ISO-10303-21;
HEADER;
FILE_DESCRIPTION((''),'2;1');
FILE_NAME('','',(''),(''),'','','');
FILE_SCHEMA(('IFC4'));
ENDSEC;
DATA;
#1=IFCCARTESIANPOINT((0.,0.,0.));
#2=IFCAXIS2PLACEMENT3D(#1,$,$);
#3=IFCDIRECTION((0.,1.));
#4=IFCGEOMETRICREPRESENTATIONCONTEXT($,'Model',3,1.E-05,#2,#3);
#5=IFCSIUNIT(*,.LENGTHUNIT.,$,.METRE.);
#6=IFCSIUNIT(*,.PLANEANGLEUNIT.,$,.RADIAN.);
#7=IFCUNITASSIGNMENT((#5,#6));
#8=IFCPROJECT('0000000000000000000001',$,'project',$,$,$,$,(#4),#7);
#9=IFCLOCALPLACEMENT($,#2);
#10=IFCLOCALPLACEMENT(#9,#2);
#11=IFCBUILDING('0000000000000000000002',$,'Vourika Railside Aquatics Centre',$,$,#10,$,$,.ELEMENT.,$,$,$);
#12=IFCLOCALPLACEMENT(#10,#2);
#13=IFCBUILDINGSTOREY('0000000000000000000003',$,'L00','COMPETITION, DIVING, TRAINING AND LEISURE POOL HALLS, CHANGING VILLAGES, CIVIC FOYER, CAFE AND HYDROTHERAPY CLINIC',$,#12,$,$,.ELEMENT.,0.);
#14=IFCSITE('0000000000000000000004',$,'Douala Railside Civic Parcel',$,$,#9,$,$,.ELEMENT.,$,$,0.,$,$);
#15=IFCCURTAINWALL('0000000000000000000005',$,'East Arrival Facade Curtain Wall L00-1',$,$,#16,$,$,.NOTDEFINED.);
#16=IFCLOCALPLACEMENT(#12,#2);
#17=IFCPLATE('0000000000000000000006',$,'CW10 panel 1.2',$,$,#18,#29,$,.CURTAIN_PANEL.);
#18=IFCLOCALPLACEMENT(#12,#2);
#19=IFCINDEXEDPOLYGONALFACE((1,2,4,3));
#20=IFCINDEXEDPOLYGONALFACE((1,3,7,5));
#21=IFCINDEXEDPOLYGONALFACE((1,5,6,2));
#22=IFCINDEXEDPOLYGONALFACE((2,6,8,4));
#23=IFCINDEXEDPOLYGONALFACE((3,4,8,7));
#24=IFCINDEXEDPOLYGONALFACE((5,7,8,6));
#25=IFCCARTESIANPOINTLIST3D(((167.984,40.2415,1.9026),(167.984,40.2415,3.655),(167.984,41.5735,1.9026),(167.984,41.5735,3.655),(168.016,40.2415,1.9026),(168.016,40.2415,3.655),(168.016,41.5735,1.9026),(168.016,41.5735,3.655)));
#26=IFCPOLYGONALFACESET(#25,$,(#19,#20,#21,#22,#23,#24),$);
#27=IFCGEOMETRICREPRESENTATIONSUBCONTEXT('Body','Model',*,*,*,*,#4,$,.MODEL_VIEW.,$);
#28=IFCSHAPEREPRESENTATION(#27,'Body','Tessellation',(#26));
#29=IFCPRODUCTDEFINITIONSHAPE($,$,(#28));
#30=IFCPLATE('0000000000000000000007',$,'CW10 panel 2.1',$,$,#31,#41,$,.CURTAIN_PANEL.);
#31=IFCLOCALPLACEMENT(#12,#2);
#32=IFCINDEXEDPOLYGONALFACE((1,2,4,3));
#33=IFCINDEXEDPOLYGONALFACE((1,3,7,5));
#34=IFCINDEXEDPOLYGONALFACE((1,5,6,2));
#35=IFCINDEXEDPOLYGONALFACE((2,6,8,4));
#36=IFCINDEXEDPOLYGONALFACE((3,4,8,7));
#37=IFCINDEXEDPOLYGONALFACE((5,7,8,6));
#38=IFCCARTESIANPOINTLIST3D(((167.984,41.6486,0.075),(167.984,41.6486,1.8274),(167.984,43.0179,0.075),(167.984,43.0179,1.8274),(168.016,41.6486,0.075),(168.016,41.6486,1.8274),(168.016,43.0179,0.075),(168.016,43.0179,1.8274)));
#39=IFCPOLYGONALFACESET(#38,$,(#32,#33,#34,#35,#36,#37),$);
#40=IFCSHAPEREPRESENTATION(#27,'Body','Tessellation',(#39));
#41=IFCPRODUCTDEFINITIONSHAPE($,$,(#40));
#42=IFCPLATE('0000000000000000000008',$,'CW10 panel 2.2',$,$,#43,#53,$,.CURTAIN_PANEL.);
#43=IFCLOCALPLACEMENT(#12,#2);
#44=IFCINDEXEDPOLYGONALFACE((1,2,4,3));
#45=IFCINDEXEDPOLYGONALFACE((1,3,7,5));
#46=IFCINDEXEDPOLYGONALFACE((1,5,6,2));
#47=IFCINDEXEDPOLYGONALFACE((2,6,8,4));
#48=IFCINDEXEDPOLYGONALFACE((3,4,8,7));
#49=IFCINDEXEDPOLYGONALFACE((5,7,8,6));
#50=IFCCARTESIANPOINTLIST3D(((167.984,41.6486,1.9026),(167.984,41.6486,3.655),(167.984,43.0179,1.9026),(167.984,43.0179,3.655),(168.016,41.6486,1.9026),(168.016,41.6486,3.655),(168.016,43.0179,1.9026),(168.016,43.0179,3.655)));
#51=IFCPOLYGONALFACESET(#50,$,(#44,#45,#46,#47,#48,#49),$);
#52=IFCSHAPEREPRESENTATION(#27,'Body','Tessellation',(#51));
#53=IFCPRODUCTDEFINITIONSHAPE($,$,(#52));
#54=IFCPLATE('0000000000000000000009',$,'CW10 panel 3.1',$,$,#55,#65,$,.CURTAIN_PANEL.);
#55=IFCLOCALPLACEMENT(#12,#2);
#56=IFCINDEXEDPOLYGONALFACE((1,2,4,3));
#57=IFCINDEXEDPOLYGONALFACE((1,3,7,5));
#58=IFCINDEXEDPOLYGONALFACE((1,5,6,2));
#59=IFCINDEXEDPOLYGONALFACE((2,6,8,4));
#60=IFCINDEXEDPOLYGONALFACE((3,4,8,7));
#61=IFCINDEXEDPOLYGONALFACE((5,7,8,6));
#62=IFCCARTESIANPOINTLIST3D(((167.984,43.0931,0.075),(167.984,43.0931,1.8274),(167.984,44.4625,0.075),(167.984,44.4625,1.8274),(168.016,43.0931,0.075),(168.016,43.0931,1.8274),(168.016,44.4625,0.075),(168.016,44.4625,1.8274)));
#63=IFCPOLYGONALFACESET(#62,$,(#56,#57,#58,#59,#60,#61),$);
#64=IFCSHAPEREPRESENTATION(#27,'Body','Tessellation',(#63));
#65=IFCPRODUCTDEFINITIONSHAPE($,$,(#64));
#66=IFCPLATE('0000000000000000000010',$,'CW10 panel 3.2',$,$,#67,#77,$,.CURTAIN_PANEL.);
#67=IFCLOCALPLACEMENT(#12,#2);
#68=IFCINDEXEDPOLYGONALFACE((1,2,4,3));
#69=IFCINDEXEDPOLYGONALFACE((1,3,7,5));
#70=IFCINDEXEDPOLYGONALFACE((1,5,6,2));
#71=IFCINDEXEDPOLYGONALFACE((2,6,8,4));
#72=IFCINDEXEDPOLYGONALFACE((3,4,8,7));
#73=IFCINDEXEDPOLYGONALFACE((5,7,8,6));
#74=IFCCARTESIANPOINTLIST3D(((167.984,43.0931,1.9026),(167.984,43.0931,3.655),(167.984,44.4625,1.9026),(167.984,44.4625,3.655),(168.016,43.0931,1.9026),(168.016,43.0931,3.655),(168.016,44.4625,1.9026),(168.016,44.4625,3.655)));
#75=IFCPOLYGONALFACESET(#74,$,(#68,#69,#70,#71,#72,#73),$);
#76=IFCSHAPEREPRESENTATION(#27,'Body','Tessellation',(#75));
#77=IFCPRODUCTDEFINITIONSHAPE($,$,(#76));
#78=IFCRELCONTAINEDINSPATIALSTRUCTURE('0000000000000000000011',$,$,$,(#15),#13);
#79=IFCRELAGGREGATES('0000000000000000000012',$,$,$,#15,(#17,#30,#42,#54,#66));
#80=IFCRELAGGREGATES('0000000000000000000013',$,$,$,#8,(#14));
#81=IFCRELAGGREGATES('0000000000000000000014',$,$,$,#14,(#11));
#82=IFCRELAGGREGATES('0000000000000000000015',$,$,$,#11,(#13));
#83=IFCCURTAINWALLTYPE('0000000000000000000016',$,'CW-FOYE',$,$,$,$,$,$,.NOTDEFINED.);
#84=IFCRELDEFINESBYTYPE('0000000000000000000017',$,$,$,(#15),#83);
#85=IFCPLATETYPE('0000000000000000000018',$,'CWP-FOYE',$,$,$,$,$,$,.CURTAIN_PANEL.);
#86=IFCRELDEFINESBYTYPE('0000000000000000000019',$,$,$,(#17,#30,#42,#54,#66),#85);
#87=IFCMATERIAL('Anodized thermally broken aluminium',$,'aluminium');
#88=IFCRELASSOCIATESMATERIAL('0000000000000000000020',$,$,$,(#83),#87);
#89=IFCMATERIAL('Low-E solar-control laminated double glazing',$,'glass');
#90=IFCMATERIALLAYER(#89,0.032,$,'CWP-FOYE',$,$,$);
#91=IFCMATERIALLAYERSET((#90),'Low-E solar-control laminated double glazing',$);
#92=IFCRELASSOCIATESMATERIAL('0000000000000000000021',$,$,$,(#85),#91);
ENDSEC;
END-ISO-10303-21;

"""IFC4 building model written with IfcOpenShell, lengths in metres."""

from ifc_helpers import new_model, si_unit, direction, frame, origin, origin_2d, place, context, subcontext, project, spatial, rectangle, extrude, material, layer, layer_set, type_object, element, aggregate, save


model = new_model("IFC4")

# Units and contexts
model_context = context("Model", 3, precision=1e-05, world=origin(), true_north=direction((0.0, 1.0)))
body_context = subcontext(model_context, "Body", "Model", "MODEL_VIEW")
ifc_project = project(units=[si_unit("LENGTHUNIT", "METRE"), si_unit("PLANEANGLEUNIT", "RADIAN")], contexts=[model_context])

# Site, building, storey
site_placement = place(None, origin())
site = spatial("IfcSite", under=ifc_project, at=site_placement, Name="Douala Railside Civic Parcel", CompositionType="ELEMENT", RefElevation=0.0)
building_placement = place(site_placement, origin())
building = spatial("IfcBuilding", under=site, at=building_placement, Name="Vourika Railside Aquatics Centre", CompositionType="ELEMENT")
storey_placement = place(building_placement, origin())
storey = spatial("IfcBuildingStorey", under=building, at=storey_placement, Name="L00", Description="COMPETITION, DIVING, TRAINING AND LEISURE POOL HALLS, CHANGING VILLAGES, CIVIC FOYER, CAFE AND HYDROTHERAPY CLINIC", CompositionType="ELEMENT", Elevation=0.0)

# Curtain wall, plates
ifc_material_1 = material(Name="Anodized thermally broken aluminium", Category="aluminium")
curtain_wall_type = type_object("IfcCurtainWallType", Name="CW-FOYE", PredefinedType="NOTDEFINED", material=ifc_material_1)
curtain_wall_placement = place(storey_placement, origin())
curtain_wall = element("IfcCurtainWall", 1, at=curtain_wall_placement, inside=storey, type_object=curtain_wall_type, Name="East Arrival Facade Curtain Wall L00-1", PredefinedType="NOTDEFINED")
ifc_material_2 = material(Name="Low-E solar-control laminated double glazing", Category="glass")
ifc_layer = layer(ifc_material_2, 0.032, Name="CWP-FOYE")
ifc_layer_set = layer_set([ifc_layer], Name="Low-E solar-control laminated double glazing")
plate_type = type_object("IfcPlateType", Name="CWP-FOYE", PredefinedType="CURTAIN_PANEL", material=ifc_layer_set)
plate_1_placement = place(storey_placement, frame((168.0, 40.9075, 1.9026), z_axis=(0.0, 0.0, 1.0), x_axis=(0.0, 1.0, 0.0)))
plate_1 = element("IfcPlate", 2, at=plate_1_placement, type_object=plate_type, Name="CW10 panel 1.2", PredefinedType="CURTAIN_PANEL", context=body_context, shape_type="SweptSolid", body=[
    extrude(rectangle(XDim=1.332, YDim=0.032, at=origin_2d()), origin(), (0.0, 0.0, 1.0), 1.7524),
])
plate_2_placement = place(storey_placement, frame((168.0, 42.3333, 0.075), z_axis=(0.0, 0.0, 1.0), x_axis=(0.0, 1.0, 0.0)))
plate_2 = element("IfcPlate", 3, at=plate_2_placement, type_object=plate_type, Name="CW10 panel 2.1", PredefinedType="CURTAIN_PANEL", context=body_context, shape_type="SweptSolid", body=[
    extrude(rectangle(XDim=1.3694, YDim=0.032, at=origin_2d()), origin(), (0.0, 0.0, 1.0), 1.7524),
])
plate_3_placement = place(storey_placement, frame((168.0, 42.3333, 1.9026), z_axis=(0.0, 0.0, 1.0), x_axis=(0.0, 1.0, 0.0)))
plate_3 = element("IfcPlate", 4, at=plate_3_placement, type_object=plate_type, Name="CW10 panel 2.2", PredefinedType="CURTAIN_PANEL", context=body_context, shape_type="SweptSolid", body=[
    extrude(rectangle(XDim=1.3694, YDim=0.032, at=origin_2d()), origin(), (0.0, 0.0, 1.0), 1.7524),
])
plate_4_placement = place(storey_placement, frame((168.0, 43.7778, 0.075), z_axis=(0.0, 0.0, 1.0), x_axis=(0.0, 1.0, 0.0)))
plate_4 = element("IfcPlate", 5, at=plate_4_placement, type_object=plate_type, Name="CW10 panel 3.1", PredefinedType="CURTAIN_PANEL", context=body_context, shape_type="SweptSolid", body=[
    extrude(rectangle(XDim=1.3694, YDim=0.032, at=origin_2d()), origin(), (0.0, 0.0, 1.0), 1.7524),
])
plate_5_placement = place(storey_placement, frame((168.0, 43.7778, 1.9026), z_axis=(0.0, 0.0, 1.0), x_axis=(0.0, 1.0, 0.0)))
plate_5 = element("IfcPlate", 6, at=plate_5_placement, type_object=plate_type, Name="CW10 panel 3.2", PredefinedType="CURTAIN_PANEL", context=body_context, shape_type="SweptSolid", body=[
    extrude(rectangle(XDim=1.3694, YDim=0.032, at=origin_2d()), origin(), (0.0, 0.0, 1.0), 1.7524),
])
aggregate(curtain_wall, [plate_1, plate_2, plate_3, plate_4, plate_5])

save(model, "model.ifc")
